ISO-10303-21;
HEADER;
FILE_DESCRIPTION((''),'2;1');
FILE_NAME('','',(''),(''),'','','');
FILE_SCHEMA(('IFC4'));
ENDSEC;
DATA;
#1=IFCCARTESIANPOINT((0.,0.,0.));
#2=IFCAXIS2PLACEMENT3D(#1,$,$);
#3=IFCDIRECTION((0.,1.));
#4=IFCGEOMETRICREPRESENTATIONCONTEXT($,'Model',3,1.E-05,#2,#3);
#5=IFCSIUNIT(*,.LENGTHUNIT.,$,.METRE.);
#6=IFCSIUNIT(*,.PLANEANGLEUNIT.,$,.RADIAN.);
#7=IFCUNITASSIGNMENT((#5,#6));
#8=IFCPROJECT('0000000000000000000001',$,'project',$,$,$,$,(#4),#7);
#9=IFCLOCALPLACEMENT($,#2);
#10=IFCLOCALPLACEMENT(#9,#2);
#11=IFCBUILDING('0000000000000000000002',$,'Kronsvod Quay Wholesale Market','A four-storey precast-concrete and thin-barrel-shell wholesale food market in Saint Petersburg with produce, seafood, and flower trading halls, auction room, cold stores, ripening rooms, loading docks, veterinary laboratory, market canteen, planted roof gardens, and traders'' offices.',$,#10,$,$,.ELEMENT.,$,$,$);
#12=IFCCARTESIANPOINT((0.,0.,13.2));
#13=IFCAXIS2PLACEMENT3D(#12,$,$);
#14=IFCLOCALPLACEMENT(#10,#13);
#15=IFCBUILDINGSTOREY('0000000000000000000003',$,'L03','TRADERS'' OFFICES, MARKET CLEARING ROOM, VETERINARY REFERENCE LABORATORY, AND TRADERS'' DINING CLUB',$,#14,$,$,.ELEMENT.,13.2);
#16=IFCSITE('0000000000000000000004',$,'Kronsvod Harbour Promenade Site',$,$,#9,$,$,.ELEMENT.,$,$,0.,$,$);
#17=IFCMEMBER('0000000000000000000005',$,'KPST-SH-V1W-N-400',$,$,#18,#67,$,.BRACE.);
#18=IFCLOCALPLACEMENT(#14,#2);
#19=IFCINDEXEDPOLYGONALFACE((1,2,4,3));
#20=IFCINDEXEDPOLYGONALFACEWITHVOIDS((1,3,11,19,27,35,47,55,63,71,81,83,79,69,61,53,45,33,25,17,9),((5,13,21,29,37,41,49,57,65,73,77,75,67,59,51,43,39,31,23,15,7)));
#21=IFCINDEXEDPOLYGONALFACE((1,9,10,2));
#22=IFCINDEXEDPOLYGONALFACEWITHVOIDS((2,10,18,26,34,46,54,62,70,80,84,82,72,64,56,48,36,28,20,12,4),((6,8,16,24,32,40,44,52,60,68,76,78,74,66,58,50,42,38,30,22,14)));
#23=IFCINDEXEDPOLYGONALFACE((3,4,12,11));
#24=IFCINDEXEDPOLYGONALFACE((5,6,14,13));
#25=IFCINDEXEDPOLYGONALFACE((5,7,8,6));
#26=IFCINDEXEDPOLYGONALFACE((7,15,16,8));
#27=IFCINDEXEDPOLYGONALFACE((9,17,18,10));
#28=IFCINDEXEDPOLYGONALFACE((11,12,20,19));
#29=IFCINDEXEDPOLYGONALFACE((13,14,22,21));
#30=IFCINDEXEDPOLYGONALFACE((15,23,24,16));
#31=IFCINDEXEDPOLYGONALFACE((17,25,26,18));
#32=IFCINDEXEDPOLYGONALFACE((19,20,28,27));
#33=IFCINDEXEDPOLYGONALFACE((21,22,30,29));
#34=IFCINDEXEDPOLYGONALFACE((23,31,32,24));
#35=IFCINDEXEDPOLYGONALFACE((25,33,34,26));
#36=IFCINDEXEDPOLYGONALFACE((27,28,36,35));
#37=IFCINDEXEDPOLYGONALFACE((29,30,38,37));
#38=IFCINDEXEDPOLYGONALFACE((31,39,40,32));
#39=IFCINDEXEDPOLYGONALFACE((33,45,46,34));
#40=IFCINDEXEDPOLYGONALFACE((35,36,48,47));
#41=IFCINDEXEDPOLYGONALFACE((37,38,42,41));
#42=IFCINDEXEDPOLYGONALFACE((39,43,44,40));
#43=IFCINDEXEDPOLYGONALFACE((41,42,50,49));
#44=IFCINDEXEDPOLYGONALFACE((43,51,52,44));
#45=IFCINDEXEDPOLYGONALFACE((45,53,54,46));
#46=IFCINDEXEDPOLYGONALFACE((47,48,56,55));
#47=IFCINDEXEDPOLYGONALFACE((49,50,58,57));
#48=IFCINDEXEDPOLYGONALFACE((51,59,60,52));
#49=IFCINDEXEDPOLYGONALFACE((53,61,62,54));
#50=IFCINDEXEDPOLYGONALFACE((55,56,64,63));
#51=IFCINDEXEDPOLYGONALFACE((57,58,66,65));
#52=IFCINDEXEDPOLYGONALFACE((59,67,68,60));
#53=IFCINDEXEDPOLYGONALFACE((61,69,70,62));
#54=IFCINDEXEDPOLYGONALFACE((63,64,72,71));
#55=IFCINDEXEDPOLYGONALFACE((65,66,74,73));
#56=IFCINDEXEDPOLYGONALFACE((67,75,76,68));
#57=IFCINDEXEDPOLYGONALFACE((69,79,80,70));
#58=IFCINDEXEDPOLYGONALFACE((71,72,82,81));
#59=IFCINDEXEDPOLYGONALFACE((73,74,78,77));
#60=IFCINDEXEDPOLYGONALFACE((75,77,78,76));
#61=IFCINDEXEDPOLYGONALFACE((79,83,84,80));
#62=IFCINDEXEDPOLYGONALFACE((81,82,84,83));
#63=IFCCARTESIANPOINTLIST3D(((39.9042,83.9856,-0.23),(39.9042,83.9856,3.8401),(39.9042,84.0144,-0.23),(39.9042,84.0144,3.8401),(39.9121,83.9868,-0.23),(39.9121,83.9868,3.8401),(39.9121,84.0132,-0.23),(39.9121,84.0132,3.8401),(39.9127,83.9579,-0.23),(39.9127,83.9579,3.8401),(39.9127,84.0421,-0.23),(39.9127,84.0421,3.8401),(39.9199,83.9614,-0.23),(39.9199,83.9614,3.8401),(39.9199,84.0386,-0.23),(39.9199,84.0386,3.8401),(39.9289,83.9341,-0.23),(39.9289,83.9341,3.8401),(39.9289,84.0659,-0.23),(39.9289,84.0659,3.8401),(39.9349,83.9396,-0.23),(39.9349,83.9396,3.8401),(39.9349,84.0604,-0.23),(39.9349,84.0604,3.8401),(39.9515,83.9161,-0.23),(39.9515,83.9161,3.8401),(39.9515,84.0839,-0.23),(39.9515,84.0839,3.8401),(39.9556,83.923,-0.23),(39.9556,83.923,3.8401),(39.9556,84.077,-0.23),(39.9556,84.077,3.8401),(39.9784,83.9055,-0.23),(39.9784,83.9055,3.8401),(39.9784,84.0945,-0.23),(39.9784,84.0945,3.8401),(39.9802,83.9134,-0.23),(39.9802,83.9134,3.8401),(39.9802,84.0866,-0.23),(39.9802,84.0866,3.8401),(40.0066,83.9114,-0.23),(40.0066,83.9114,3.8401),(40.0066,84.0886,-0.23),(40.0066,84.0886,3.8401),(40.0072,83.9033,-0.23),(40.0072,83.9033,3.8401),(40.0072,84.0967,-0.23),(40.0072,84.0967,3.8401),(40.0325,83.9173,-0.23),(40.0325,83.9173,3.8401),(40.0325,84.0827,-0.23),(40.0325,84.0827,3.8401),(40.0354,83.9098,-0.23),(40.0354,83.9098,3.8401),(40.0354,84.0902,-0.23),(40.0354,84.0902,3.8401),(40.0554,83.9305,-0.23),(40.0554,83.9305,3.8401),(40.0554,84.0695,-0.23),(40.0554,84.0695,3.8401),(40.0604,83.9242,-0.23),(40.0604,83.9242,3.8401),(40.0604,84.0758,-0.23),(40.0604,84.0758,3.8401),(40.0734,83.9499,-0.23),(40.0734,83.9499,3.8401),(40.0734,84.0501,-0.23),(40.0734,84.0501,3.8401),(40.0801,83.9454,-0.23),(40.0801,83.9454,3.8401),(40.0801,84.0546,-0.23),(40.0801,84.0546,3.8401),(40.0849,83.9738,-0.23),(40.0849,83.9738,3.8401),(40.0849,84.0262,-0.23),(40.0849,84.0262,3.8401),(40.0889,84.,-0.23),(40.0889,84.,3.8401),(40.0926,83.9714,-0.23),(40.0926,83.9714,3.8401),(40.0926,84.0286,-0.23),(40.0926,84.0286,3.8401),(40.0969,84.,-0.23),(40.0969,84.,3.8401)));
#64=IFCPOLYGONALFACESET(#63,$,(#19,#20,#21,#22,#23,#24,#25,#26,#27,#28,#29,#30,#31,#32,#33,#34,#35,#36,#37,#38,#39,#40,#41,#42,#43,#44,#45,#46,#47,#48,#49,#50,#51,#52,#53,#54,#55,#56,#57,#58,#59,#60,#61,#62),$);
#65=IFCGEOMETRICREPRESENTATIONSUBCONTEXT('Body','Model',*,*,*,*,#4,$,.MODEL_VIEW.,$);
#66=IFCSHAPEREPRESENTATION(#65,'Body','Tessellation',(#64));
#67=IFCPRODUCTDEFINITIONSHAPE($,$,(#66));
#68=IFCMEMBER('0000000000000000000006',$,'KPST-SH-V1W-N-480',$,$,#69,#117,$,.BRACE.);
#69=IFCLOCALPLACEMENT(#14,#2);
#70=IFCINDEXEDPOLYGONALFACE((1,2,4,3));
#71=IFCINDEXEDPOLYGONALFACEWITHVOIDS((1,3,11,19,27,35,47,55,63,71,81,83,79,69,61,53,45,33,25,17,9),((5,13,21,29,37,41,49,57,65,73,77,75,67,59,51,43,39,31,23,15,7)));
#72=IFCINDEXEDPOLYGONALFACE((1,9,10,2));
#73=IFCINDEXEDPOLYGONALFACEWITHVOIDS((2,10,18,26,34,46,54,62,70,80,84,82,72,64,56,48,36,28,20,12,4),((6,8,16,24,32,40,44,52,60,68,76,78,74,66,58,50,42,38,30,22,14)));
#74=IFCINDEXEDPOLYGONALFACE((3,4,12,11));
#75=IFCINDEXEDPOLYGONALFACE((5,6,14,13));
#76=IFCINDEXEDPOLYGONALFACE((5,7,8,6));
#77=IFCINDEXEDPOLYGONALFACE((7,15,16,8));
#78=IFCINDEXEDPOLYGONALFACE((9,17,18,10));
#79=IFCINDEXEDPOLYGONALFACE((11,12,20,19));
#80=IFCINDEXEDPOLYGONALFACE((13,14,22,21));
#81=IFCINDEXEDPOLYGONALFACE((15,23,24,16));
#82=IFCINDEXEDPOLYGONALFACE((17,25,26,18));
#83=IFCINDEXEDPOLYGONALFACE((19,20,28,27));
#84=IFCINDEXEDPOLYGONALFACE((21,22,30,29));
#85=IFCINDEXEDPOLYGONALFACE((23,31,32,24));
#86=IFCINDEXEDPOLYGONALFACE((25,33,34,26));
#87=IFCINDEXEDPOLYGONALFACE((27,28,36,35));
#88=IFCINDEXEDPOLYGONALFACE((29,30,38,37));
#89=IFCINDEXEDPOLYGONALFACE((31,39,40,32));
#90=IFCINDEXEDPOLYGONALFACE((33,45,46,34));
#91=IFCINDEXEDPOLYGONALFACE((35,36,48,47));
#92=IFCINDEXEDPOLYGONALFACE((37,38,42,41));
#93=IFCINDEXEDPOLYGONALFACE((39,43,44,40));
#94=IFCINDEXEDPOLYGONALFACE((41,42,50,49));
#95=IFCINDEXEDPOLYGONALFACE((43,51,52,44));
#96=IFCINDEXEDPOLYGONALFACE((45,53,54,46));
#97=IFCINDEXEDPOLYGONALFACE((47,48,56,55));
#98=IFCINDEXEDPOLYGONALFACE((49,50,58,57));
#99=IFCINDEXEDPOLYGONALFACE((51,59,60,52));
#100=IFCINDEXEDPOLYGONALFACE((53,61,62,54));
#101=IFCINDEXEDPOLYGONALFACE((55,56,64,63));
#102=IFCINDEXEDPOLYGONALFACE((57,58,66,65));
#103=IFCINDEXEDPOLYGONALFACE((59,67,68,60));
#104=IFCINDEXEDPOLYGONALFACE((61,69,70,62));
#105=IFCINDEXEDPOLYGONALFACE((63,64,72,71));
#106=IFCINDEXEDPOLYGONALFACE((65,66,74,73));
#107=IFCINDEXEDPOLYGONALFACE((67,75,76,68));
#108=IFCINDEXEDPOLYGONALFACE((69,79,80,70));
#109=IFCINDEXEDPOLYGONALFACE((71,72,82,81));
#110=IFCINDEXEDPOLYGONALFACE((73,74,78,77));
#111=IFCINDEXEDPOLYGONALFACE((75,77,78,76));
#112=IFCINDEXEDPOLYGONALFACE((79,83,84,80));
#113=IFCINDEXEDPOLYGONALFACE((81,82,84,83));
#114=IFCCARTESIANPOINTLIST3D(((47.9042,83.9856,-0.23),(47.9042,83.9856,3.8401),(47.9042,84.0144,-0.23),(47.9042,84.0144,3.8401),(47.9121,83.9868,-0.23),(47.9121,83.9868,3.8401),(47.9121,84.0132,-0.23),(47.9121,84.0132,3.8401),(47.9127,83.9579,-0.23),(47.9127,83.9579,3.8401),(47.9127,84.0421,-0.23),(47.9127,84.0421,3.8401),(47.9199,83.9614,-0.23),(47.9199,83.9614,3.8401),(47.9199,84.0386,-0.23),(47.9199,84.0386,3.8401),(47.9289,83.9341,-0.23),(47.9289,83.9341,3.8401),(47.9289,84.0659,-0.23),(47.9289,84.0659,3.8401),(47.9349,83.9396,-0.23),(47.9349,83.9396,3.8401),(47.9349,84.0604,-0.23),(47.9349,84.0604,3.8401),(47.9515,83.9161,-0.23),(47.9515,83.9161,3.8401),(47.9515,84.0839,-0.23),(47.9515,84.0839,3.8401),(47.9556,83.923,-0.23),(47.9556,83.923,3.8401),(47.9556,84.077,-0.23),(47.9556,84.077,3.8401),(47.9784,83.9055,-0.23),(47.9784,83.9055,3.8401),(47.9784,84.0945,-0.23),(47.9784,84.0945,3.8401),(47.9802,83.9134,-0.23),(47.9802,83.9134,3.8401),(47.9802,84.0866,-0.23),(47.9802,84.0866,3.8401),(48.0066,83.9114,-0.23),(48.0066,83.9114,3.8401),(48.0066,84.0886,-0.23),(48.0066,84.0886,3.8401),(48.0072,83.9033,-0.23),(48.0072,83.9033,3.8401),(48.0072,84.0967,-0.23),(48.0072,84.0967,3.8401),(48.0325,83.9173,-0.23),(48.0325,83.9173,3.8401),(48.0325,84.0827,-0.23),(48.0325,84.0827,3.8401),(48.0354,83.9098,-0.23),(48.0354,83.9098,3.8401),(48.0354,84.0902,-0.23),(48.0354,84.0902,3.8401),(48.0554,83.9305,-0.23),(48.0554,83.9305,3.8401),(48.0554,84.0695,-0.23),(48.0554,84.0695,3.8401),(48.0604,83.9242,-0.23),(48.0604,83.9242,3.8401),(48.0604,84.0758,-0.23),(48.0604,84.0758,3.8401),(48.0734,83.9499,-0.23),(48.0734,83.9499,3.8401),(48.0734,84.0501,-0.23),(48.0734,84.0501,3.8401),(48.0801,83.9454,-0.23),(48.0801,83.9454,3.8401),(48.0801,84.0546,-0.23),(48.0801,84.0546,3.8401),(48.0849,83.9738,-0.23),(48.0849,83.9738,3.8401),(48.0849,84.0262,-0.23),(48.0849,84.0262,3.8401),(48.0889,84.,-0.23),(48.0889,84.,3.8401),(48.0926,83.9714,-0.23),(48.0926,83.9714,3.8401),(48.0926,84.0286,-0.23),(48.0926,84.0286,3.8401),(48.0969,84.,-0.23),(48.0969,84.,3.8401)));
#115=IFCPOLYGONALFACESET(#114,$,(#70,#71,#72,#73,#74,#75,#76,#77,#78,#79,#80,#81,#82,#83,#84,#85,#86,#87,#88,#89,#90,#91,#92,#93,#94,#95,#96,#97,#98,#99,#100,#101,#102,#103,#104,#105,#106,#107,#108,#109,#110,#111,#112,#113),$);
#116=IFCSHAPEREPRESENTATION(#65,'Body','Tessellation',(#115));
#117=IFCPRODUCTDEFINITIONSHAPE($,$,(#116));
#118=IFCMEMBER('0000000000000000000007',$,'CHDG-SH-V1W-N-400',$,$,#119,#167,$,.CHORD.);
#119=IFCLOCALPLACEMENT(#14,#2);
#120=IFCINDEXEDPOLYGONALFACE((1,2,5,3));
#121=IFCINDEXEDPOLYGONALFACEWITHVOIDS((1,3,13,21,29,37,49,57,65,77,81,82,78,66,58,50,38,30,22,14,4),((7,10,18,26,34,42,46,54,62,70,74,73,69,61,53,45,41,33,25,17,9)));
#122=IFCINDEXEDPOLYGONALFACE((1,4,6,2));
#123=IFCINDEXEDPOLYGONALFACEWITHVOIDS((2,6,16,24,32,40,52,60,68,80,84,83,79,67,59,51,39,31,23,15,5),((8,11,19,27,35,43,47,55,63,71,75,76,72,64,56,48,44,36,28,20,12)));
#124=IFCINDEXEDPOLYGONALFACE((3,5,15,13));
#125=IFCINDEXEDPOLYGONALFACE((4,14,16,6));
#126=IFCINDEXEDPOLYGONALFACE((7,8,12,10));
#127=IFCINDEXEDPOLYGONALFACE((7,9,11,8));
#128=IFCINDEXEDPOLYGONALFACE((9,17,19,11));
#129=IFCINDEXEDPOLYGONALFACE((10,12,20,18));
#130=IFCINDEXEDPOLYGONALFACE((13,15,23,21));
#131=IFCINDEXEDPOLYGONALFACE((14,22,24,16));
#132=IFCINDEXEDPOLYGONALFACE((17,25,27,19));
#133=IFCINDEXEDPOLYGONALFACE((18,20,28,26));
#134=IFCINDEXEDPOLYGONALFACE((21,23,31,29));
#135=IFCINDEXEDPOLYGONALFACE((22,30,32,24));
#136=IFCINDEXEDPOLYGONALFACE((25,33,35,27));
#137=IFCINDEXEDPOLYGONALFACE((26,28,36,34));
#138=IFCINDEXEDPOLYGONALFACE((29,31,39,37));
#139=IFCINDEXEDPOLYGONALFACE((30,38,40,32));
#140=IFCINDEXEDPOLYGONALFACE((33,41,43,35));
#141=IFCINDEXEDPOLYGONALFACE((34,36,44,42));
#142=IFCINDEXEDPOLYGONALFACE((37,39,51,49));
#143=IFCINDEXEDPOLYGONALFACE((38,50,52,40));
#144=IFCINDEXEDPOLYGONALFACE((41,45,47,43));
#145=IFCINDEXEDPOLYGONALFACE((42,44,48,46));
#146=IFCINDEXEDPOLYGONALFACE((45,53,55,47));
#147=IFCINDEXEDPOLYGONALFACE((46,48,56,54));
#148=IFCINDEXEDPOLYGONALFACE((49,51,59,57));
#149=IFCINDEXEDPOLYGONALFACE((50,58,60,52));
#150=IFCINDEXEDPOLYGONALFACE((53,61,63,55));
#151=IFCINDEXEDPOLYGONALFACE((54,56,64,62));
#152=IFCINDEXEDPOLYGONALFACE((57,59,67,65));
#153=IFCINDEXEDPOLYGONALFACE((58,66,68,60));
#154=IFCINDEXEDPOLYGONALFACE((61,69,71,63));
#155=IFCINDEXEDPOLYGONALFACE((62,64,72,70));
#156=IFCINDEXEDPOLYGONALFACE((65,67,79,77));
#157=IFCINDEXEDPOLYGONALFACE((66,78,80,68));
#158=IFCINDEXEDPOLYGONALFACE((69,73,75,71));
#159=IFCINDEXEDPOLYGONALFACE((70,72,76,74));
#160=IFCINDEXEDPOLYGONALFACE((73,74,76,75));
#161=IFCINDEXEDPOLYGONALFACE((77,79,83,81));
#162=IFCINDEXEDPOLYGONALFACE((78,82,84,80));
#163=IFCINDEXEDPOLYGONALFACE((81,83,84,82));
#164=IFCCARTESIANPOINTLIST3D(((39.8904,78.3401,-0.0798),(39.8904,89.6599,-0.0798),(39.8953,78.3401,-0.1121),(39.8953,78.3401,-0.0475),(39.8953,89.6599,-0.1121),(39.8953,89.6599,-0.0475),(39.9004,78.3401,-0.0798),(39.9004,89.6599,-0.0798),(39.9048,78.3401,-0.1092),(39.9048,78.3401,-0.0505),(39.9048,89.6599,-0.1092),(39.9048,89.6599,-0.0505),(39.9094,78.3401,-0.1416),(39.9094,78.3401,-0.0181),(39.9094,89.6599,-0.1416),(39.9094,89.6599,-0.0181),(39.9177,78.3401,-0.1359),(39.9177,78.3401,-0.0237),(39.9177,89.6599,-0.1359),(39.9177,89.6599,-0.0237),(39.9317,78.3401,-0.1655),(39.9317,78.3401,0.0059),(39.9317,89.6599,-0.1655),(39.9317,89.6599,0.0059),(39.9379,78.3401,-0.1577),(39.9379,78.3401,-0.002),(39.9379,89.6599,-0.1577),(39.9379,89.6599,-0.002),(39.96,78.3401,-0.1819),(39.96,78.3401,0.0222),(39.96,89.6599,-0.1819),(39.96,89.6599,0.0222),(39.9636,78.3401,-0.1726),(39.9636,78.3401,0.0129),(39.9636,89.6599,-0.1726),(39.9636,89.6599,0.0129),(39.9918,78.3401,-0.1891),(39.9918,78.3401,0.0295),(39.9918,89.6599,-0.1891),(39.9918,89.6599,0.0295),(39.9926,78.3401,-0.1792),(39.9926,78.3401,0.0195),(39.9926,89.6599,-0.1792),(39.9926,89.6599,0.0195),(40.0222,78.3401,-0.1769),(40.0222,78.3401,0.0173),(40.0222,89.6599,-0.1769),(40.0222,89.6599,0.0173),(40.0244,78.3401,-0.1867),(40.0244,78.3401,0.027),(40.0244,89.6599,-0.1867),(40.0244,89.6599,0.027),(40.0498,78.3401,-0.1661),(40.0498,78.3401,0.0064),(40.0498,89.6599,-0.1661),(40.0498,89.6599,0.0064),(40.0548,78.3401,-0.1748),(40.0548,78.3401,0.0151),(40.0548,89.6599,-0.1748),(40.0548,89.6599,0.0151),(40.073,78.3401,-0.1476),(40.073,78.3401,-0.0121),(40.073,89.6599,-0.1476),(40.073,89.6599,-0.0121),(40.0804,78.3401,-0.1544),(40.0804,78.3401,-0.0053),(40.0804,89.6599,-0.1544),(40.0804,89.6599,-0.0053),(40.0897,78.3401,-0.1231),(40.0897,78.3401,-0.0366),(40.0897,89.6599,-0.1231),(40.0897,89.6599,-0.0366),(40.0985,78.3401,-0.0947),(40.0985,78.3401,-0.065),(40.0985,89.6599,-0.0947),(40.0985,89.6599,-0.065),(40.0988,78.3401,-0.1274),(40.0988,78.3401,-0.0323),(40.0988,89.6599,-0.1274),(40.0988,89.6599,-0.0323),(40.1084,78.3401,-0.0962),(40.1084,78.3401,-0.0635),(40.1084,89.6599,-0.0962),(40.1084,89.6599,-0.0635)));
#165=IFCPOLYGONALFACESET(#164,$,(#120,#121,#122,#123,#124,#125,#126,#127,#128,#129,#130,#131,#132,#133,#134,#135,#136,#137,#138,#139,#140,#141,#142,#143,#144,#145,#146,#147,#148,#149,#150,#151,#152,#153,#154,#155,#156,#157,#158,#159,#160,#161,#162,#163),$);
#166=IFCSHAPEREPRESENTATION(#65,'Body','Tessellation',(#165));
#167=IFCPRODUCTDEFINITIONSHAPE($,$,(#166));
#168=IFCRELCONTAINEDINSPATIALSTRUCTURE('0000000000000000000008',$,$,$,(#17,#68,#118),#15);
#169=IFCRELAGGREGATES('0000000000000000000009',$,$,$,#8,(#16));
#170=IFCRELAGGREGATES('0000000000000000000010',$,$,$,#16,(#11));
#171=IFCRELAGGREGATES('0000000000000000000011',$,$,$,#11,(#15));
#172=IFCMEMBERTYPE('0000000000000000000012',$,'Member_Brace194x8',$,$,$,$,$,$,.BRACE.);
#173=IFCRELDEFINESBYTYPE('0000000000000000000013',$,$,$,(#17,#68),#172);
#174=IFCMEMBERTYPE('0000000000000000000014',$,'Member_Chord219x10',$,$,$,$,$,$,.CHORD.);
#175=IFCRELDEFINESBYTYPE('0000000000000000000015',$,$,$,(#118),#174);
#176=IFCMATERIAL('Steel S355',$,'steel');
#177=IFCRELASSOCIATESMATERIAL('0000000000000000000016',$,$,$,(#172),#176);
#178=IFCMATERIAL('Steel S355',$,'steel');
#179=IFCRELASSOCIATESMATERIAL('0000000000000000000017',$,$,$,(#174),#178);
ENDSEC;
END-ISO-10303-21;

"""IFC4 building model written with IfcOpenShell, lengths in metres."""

from ifc_helpers import new_model, si_unit, direction, frame, origin, origin_2d, place, context, subcontext, project, spatial, hollow_circle, extrude, material, material_profile, profile_set, type_object, element, save


model = new_model("IFC4")

# Units and contexts
model_context = context("Model", 3, precision=1e-05, world=origin(), true_north=direction((0.0, 1.0)))
body_context = subcontext(model_context, "Body", "Model", "MODEL_VIEW")
ifc_project = project(units=[si_unit("LENGTHUNIT", "METRE"), si_unit("PLANEANGLEUNIT", "RADIAN")], contexts=[model_context])

# Site, building, storey
site_placement = place(None, origin())
site = spatial("IfcSite", under=ifc_project, at=site_placement, Name="Kronsvod Harbour Promenade Site", CompositionType="ELEMENT", RefElevation=0.0)
building_placement = place(site_placement, origin())
building = spatial("IfcBuilding", under=site, at=building_placement, Name="Kronsvod Quay Wholesale Market", Description="A four-storey precast-concrete and thin-barrel-shell wholesale food market in Saint Petersburg with produce, seafood, and flower trading halls, auction room, cold stores, ripening rooms, loading docks, veterinary laboratory, market canteen, planted roof gardens, and traders' offices.", CompositionType="ELEMENT")
storey_placement = place(building_placement, frame((0.0, 0.0, 13.2)))
storey = spatial("IfcBuildingStorey", under=building, at=storey_placement, Name="L03", Description="TRADERS' OFFICES, MARKET CLEARING ROOM, VETERINARY REFERENCE LABORATORY, AND TRADERS' DINING CLUB", CompositionType="ELEMENT", Elevation=13.2)

# Members
ifc_material_1 = material(Name="Steel S355", Category="steel")
ifc_material_profile_1 = material_profile(ifc_material_1, hollow_circle(Radius=0.0969, WallThickness=0.0081, at=origin_2d()), Name="CHS194x8")
ifc_profile_set_1 = profile_set([ifc_material_profile_1], Name="Steel S355")
member_type_1 = type_object("IfcMemberType", Name="Member_Brace194x8", PredefinedType="BRACE", material=ifc_profile_set_1)
for number, where, z_axis, x_axis, name in (
    (1, (40.0, 84.0, -0.23), (0.0, 0.0, 1.0), (1.0, 0.0, 0.0), "KPST-SH-V1W-N-400"),
    (2, (48.0, 84.0, -0.23), (0.0, 0.0, 1.0), (1.0, 0.0, 0.0), "KPST-SH-V1W-N-480"),
):
    element("IfcMember", number, at=place(storey_placement, frame(where, z_axis=z_axis, x_axis=x_axis)), inside=storey, type_object=member_type_1, Name=name, PredefinedType="BRACE", context=body_context, shape_type="SweptSolid", body=[
        extrude(hollow_circle(Radius=0.0969, WallThickness=0.0081, at=origin_2d()), origin(), (0.0, 0.0, 1.0), 4.0701),
    ])
ifc_material_2 = material(Name="Steel S355", Category="steel")
ifc_material_profile_2 = material_profile(ifc_material_2, hollow_circle(Radius=0.1096, WallThickness=0.01, at=origin_2d()), Name="CHS219x10")
ifc_profile_set_2 = profile_set([ifc_material_profile_2], Name="Steel S355")
member_type_2 = type_object("IfcMemberType", Name="Member_Chord219x10", PredefinedType="CHORD", material=ifc_profile_set_2)
for number, where, z_axis, x_axis, name in (
    (3, (40.0, 78.3401, -0.0798), (0.0, 1.0, 0.0), (-1.0, 0.0, 0.0), "CHDG-SH-V1W-N-400"),
):
    element("IfcMember", number, at=place(storey_placement, frame(where, z_axis=z_axis, x_axis=x_axis)), inside=storey, type_object=member_type_2, Name=name, PredefinedType="CHORD", context=body_context, shape_type="SweptSolid", body=[
        extrude(hollow_circle(Radius=0.1096, WallThickness=0.01, at=origin_2d()), origin(), (0.0, 0.0, 1.0), 11.3198),
    ])

save(model, "model.ifc")
